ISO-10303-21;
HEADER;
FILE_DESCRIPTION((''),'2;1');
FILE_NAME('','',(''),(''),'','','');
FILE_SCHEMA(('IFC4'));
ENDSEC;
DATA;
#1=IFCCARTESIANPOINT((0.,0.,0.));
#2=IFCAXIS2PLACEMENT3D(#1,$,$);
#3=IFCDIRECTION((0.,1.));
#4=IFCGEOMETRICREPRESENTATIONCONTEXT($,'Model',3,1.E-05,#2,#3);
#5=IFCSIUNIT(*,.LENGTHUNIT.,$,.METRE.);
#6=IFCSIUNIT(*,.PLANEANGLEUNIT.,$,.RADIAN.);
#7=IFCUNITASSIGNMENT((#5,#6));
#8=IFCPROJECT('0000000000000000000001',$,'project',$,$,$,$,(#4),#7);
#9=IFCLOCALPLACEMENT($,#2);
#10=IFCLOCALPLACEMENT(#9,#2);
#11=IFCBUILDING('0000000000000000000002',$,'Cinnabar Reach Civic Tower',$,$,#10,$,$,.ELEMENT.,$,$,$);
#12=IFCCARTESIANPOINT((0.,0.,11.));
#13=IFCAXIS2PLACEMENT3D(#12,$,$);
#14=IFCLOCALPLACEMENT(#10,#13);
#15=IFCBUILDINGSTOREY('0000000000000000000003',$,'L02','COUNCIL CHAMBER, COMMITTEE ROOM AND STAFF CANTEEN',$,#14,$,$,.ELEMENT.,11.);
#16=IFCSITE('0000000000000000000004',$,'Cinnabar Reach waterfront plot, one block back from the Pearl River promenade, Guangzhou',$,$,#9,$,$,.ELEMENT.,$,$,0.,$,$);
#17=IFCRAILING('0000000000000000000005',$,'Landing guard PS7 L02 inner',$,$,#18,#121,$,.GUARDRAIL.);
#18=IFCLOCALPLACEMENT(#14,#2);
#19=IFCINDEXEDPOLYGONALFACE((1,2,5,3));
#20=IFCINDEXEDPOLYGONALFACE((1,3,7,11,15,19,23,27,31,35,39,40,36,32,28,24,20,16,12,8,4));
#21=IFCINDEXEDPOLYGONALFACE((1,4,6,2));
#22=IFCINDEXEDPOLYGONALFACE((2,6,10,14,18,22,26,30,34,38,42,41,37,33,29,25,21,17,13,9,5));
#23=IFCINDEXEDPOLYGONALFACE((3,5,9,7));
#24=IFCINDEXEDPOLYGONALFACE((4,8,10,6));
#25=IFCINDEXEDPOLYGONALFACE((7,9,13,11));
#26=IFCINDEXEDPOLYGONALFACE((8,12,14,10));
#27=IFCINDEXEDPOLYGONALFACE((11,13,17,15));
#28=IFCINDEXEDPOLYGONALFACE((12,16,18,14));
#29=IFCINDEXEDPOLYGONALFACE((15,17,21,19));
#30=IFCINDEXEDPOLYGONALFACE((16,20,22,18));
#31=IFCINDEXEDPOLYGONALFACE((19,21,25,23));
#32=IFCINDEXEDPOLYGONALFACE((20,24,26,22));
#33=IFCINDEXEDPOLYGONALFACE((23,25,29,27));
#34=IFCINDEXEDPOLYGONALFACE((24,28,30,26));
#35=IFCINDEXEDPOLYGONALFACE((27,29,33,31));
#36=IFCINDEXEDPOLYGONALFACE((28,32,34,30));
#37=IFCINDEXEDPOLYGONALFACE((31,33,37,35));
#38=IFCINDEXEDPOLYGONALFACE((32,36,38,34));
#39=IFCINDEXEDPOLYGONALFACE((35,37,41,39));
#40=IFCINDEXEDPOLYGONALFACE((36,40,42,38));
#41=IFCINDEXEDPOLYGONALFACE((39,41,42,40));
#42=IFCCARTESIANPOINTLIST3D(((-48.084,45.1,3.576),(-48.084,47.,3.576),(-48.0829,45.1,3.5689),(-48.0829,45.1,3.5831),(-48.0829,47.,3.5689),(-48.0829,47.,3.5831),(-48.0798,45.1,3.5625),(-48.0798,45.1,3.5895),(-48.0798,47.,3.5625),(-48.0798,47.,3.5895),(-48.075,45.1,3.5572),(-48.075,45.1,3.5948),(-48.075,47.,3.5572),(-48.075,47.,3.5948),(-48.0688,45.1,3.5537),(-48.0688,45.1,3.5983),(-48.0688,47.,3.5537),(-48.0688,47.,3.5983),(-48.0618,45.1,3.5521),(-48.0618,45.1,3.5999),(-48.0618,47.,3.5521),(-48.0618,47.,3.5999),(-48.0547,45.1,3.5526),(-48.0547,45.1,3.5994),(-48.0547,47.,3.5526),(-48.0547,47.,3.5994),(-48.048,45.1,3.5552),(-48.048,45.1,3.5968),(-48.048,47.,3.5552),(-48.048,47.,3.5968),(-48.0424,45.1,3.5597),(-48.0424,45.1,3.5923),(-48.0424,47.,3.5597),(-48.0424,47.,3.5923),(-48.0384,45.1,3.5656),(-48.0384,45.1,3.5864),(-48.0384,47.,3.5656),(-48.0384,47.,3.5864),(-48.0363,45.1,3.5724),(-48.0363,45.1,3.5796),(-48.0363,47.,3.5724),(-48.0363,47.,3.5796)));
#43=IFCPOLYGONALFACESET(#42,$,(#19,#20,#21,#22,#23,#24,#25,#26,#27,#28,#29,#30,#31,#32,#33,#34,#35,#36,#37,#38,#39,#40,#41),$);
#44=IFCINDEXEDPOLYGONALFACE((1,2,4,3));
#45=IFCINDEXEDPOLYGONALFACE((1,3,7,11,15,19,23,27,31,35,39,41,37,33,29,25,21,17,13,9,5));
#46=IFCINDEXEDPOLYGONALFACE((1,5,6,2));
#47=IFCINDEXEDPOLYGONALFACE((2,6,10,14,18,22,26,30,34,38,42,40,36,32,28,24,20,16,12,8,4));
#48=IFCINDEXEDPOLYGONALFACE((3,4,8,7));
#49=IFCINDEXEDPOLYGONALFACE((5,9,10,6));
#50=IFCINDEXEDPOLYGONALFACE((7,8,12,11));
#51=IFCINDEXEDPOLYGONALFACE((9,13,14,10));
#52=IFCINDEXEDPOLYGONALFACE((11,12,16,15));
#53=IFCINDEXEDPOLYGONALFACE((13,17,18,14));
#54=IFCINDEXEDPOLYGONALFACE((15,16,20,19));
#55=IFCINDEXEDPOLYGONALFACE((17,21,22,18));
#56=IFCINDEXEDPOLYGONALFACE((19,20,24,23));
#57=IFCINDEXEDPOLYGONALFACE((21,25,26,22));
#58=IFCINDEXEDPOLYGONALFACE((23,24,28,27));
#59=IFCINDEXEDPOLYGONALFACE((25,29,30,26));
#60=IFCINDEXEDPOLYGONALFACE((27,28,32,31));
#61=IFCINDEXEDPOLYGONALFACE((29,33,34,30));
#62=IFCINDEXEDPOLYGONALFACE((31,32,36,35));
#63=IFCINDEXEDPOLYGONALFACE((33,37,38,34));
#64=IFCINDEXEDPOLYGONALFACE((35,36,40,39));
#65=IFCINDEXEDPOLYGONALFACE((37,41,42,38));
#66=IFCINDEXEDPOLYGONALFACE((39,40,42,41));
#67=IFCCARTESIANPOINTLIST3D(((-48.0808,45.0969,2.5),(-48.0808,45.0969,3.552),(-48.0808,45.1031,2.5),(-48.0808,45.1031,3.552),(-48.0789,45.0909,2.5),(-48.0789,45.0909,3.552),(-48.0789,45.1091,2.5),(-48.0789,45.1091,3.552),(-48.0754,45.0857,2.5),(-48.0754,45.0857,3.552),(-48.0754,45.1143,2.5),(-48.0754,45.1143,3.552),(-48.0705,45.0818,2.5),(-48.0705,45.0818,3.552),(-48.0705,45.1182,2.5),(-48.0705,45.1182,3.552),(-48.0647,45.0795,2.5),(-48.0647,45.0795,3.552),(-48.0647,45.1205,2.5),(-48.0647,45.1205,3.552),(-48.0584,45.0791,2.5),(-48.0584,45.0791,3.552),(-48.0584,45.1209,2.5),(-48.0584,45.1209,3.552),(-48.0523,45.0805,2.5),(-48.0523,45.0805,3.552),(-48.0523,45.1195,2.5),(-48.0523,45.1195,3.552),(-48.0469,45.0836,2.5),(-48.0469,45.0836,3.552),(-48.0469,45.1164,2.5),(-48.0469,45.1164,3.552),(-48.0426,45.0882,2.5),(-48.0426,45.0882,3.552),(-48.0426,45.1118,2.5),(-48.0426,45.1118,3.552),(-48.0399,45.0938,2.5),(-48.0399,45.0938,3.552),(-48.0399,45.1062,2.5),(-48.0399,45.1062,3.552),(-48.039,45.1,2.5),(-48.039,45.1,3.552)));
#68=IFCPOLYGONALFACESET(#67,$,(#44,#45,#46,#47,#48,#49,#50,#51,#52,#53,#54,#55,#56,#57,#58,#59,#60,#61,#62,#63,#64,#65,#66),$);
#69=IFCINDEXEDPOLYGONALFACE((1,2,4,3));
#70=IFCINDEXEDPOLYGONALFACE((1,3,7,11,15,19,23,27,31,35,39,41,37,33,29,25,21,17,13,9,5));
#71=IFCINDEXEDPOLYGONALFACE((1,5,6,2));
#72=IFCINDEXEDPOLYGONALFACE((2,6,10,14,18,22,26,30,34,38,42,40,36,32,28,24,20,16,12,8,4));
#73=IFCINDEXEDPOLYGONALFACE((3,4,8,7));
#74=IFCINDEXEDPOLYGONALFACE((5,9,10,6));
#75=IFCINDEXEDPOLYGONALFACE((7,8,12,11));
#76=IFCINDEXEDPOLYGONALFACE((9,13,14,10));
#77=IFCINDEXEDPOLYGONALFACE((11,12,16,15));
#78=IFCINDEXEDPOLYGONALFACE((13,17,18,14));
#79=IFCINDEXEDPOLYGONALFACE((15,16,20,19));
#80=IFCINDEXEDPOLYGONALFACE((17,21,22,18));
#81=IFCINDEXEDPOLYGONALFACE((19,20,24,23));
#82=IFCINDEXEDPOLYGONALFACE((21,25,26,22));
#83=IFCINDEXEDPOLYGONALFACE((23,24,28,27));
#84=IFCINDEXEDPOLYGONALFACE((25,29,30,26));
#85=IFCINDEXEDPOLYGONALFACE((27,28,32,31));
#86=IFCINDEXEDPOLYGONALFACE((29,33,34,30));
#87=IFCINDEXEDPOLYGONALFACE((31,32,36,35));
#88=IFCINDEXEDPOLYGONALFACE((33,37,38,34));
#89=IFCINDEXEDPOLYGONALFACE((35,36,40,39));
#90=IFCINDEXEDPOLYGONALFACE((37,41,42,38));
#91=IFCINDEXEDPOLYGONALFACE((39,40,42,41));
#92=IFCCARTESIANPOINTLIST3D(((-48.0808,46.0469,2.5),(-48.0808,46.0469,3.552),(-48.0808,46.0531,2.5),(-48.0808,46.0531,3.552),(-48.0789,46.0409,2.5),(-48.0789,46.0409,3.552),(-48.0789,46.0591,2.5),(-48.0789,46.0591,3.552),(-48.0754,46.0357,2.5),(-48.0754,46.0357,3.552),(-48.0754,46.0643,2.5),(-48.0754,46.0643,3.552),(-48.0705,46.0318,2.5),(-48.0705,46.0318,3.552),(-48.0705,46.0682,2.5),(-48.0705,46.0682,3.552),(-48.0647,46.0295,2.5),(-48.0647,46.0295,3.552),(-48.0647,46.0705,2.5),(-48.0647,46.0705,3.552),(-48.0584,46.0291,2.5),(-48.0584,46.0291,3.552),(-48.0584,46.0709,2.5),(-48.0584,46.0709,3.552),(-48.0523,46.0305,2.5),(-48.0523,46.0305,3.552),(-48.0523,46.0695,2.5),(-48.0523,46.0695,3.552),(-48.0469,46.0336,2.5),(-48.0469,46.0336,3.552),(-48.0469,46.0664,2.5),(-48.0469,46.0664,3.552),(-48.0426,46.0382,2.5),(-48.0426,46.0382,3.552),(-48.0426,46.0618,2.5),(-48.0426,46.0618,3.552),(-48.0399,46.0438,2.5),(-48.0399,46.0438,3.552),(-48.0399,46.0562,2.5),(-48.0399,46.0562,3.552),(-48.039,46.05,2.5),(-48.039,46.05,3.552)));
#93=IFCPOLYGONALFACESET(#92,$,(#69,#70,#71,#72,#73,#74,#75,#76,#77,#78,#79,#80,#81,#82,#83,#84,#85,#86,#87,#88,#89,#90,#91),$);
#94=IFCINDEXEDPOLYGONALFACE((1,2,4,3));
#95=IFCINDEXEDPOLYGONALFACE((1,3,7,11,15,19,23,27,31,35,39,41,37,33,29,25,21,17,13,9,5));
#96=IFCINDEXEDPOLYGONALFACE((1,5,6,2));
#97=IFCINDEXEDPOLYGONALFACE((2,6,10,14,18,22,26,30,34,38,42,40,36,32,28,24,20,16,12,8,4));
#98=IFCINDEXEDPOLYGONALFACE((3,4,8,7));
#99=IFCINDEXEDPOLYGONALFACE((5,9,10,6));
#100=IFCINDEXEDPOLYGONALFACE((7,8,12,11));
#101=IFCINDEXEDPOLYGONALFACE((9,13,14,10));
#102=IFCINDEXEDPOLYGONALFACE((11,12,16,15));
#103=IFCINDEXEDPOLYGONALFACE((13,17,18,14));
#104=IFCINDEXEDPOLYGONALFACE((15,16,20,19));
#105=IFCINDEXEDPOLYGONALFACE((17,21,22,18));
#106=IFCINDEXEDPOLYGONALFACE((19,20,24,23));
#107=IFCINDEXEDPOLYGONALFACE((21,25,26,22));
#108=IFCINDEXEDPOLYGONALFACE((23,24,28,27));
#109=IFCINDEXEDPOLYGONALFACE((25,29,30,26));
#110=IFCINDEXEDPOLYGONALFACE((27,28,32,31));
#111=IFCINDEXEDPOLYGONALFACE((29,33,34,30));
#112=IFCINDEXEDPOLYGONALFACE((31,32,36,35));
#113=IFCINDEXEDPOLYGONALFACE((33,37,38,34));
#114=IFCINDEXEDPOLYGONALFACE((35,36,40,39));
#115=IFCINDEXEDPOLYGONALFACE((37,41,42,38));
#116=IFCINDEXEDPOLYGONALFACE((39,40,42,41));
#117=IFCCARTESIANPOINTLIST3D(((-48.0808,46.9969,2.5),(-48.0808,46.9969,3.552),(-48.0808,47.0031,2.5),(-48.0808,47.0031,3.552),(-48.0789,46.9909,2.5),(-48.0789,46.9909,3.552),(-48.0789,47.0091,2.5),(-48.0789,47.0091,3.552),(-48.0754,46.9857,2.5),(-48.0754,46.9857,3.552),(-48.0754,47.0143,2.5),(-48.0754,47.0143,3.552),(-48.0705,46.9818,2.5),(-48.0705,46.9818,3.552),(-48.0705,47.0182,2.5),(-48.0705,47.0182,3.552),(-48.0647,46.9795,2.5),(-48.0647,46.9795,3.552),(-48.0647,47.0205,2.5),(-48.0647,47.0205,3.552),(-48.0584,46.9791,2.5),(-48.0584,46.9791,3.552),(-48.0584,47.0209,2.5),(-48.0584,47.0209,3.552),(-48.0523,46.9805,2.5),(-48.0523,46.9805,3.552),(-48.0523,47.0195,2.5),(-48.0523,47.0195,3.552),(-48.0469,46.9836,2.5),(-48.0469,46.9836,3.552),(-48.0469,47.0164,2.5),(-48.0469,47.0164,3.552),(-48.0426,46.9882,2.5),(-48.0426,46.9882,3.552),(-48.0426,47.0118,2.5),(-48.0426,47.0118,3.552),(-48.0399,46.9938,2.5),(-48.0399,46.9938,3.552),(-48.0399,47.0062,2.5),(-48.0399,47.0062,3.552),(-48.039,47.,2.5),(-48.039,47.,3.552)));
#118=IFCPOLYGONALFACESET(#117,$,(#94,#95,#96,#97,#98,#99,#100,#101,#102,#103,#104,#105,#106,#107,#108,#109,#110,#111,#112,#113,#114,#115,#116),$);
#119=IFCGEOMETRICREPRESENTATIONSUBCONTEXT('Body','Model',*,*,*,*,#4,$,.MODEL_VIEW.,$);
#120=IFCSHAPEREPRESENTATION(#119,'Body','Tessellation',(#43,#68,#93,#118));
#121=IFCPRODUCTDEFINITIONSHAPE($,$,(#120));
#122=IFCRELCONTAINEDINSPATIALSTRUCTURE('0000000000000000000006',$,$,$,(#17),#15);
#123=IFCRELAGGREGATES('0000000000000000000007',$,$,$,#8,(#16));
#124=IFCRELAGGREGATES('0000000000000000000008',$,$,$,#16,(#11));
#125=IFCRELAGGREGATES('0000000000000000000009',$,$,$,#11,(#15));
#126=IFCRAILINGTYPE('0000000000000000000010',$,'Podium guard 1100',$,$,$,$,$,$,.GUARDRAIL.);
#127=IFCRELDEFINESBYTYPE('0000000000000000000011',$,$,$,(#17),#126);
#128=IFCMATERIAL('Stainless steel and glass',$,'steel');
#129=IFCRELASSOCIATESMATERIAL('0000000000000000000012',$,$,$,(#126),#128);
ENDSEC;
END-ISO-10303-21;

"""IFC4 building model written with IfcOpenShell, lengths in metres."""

from ifc_helpers import new_model, si_unit, direction, frame, origin, origin_2d, place, context, subcontext, project, spatial, circle, extrude, material, type_object, element, save


model = new_model("IFC4")

# Units and contexts
model_context = context("Model", 3, precision=1e-05, world=origin(), true_north=direction((0.0, 1.0)))
body_context = subcontext(model_context, "Body", "Model", "MODEL_VIEW")
ifc_project = project(units=[si_unit("LENGTHUNIT", "METRE"), si_unit("PLANEANGLEUNIT", "RADIAN")], contexts=[model_context])

# Site, building, storey
site_placement = place(None, origin())
site = spatial("IfcSite", under=ifc_project, at=site_placement, Name="Cinnabar Reach waterfront plot, one block back from the Pearl River promenade, Guangzhou", CompositionType="ELEMENT", RefElevation=0.0)
building_placement = place(site_placement, origin())
building = spatial("IfcBuilding", under=site, at=building_placement, Name="Cinnabar Reach Civic Tower", CompositionType="ELEMENT")
storey_placement = place(building_placement, frame((0.0, 0.0, 11.0)))
storey = spatial("IfcBuildingStorey", under=building, at=storey_placement, Name="L02", Description="COUNCIL CHAMBER, COMMITTEE ROOM AND STAFF CANTEEN", CompositionType="ELEMENT", Elevation=11.0)

# Railing
ifc_material_1 = material(Name="Stainless steel and glass", Category="steel")
railing_type_1 = type_object("IfcRailingType", Name="Podium guard 1100", PredefinedType="GUARDRAIL", material=ifc_material_1)
railing_1_placement = place(storey_placement, frame((-48.06, 45.1, 2.5)))
element("IfcRailing", 1, at=railing_1_placement, inside=storey, type_object=railing_type_1, Name="Landing guard PS7 L02 inner", PredefinedType="GUARDRAIL", context=body_context, shape_type="SweptSolid", body=[
    extrude(circle(Radius=0.024, at=origin_2d()), frame((0.0, 0.0, 1.076), z_axis=(0.0, 1.0, 0.0), x_axis=(-1.0, 0.0, 0.0)), (0.0, 0.0, 1.0), 1.9),
    extrude(circle(Radius=0.021, at=origin_2d()), origin(), (0.0, 0.0, 1.0), 1.052),
    extrude(circle(Radius=0.021, at=origin_2d()), frame((0.0, 0.95, 0.0)), (0.0, 0.0, 1.0), 1.052),
    extrude(circle(Radius=0.021, at=origin_2d()), frame((0.0, 1.9, 0.0)), (0.0, 0.0, 1.0), 1.052),
])

save(model, "model.ifc")
